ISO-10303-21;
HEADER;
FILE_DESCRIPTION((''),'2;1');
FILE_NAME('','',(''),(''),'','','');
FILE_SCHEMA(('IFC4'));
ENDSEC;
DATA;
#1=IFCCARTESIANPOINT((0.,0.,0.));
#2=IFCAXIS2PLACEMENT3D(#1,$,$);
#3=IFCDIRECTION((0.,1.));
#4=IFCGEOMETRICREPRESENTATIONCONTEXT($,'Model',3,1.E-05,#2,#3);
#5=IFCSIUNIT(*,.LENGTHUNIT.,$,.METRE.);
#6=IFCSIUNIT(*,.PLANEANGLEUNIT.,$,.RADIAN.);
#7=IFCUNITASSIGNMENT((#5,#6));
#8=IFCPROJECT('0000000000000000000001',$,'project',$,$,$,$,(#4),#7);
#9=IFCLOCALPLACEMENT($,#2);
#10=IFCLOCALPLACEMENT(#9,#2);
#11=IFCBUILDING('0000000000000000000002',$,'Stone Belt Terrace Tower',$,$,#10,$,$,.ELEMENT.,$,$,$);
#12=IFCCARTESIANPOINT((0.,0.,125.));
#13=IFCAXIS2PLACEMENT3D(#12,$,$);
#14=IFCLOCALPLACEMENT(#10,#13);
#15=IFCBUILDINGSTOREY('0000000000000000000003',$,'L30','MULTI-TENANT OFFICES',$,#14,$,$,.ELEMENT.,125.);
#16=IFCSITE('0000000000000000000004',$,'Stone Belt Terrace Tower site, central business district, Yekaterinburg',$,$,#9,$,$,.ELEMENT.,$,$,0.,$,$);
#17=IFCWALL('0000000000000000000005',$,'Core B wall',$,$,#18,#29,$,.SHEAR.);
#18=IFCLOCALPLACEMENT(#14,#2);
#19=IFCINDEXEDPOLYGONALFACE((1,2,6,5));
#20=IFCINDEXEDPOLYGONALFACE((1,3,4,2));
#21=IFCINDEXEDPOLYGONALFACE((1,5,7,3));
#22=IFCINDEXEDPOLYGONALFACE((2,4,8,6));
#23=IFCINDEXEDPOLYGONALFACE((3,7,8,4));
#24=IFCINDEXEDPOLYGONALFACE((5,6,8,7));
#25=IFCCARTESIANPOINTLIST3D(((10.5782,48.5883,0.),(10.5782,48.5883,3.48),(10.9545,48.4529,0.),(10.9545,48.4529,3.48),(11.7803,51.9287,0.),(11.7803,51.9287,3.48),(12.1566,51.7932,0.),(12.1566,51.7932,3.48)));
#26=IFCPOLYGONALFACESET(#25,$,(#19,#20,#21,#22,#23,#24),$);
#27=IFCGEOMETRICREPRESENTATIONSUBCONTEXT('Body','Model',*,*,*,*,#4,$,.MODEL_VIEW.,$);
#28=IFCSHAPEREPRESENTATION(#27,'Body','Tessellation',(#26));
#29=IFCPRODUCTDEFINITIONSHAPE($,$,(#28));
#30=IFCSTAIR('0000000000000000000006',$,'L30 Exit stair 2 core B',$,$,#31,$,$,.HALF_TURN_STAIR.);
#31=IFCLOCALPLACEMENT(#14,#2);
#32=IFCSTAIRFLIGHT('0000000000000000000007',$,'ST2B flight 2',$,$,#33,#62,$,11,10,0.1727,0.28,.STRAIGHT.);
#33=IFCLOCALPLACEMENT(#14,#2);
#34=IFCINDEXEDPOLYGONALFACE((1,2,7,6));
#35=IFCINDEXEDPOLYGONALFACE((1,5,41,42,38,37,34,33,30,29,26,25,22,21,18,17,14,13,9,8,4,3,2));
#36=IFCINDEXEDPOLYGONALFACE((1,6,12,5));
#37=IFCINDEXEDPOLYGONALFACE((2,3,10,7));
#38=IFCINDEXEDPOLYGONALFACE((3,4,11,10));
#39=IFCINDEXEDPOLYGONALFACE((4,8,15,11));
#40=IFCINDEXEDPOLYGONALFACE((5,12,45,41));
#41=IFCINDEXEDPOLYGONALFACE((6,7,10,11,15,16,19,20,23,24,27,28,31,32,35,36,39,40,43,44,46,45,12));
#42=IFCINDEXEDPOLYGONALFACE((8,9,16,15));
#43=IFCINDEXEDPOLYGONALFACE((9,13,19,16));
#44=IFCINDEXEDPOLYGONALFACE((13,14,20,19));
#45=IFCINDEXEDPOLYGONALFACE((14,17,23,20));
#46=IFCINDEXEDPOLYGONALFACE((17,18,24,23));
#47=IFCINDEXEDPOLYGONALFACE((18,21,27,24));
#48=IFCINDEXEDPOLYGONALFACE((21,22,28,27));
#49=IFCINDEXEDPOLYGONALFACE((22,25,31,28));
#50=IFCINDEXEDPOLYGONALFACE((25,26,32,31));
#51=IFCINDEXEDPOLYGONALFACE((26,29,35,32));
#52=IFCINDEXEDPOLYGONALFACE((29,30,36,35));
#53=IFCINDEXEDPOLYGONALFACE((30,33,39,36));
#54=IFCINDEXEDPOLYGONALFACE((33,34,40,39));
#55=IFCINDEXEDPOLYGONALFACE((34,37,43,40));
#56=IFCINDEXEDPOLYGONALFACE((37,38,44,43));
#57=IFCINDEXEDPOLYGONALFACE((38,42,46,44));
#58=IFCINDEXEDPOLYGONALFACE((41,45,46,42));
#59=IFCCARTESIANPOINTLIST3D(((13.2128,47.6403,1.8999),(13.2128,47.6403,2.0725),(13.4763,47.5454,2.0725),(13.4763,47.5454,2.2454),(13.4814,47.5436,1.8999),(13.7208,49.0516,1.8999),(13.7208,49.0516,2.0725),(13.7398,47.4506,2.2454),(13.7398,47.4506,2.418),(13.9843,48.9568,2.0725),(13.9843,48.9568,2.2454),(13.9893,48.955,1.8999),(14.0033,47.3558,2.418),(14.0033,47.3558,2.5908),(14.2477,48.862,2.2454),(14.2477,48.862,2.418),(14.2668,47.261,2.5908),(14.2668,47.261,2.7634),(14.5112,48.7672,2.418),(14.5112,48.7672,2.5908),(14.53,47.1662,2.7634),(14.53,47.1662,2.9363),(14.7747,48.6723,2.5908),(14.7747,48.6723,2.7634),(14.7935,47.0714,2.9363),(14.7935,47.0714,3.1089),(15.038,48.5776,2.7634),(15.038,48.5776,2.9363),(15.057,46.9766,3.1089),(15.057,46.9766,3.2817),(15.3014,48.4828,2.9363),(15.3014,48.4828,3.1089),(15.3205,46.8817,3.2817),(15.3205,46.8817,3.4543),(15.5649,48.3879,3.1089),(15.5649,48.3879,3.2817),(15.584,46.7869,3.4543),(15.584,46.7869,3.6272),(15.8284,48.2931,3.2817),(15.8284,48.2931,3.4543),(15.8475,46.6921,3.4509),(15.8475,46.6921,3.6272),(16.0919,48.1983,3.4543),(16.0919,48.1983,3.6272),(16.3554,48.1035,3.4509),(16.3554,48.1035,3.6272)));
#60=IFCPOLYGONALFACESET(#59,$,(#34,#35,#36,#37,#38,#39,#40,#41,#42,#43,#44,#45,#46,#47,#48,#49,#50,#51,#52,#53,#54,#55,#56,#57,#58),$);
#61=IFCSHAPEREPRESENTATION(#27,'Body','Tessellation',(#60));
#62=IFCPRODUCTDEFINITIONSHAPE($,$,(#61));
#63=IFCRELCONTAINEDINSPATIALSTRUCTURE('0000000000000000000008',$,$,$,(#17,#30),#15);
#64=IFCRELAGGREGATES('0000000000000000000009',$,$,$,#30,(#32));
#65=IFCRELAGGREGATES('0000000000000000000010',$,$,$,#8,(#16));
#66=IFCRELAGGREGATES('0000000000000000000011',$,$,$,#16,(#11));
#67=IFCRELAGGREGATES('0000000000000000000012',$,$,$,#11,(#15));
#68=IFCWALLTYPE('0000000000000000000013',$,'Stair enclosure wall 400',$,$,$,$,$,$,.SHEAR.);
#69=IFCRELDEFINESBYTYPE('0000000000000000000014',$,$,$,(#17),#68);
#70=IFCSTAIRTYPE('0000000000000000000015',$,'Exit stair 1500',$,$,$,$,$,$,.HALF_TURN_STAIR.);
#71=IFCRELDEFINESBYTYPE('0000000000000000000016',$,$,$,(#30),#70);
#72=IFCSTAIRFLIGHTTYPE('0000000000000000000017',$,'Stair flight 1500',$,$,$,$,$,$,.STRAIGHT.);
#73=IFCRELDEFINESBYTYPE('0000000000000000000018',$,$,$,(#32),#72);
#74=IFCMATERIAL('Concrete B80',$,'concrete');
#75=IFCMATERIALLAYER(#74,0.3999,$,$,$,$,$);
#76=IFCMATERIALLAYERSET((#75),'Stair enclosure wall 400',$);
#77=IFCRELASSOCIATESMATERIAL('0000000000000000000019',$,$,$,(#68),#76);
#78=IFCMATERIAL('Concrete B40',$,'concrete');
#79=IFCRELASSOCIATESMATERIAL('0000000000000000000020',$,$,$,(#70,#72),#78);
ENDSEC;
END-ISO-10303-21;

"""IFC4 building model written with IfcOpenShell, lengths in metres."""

from ifc_helpers import new_model, si_unit, direction, frame, frame_2d, origin, place, context, subcontext, project, spatial, polyline, rectangle, outline, extrude, material, layer, layer_set, type_object, element, aggregate, save


model = new_model("IFC4")

# Units and contexts
model_context = context("Model", 3, precision=1e-05, world=origin(), true_north=direction((0.0, 1.0)))
body_context = subcontext(model_context, "Body", "Model", "MODEL_VIEW")
ifc_project = project(units=[si_unit("LENGTHUNIT", "METRE"), si_unit("PLANEANGLEUNIT", "RADIAN")], contexts=[model_context])

# Site, building, storey
site_placement = place(None, origin())
site = spatial("IfcSite", under=ifc_project, at=site_placement, Name="Stone Belt Terrace Tower site, central business district, Yekaterinburg", CompositionType="ELEMENT", RefElevation=0.0)
building_placement = place(site_placement, origin())
building = spatial("IfcBuilding", under=site, at=building_placement, Name="Stone Belt Terrace Tower", CompositionType="ELEMENT")
storey_placement = place(building_placement, frame((0.0, 0.0, 125.0)))
storey = spatial("IfcBuildingStorey", under=building, at=storey_placement, Name="L30", Description="MULTI-TENANT OFFICES", CompositionType="ELEMENT", Elevation=125.0)

# Shared definitions
ifc_material_1 = material(Name="Concrete B80", Category="concrete")

# Shared definitions
ifc_layer_1 = layer(ifc_material_1, 0.3999)
ifc_layer_set_1 = layer_set([ifc_layer_1], Name="Stair enclosure wall 400")
wall_type_1 = type_object("IfcWallType", Name="Stair enclosure wall 400", PredefinedType="SHEAR", material=ifc_layer_set_1)

# Wall
wall_1_placement = place(storey_placement, frame((10.7664, 48.5208, 0.0), z_axis=(0.0, 0.0, 1.0), x_axis=(0.338627, 0.940921, 0.0)))
element("IfcWall", 1, at=wall_1_placement, inside=storey, type_object=wall_type_1, Name="Core B wall", PredefinedType="SHEAR", context=body_context, shape_type="SweptSolid", body=[
    extrude(rectangle(XDim=3.55, YDim=0.3999, at=frame_2d((1.7749, 0.0))), origin(), (0.0, 0.0, 1.0), 3.48),
])

# Stair, stair flight
ifc_material_2 = material(Name="Concrete B40", Category="concrete")
stair_type = type_object("IfcStairType", Name="Exit stair 1500", PredefinedType="HALF_TURN_STAIR", material=ifc_material_2)
stair_placement = place(storey_placement, origin())
stair = element("IfcStair", 2, at=stair_placement, inside=storey, type_object=stair_type, Name="L30 Exit stair 2 core B", PredefinedType="HALF_TURN_STAIR")
stair_flight_type = type_object("IfcStairFlightType", Name="Stair flight 1500", PredefinedType="STRAIGHT", material=ifc_material_2)
stair_flight_placement = place(storey_placement, frame((13.4668, 48.3459, 1.8999), z_axis=(0.0, 0.0, 1.0), x_axis=(0.940922, -0.338624, 0.0)))
stair_flight = element("IfcStairFlight", 3, at=stair_flight_placement, type_object=stair_flight_type, Name="ST2B flight 2", NumberOfRisers=11, NumberOfTreads=10, PredefinedType="STRAIGHT", RiserHeight=0.1727, TreadLength=0.28, context=body_context, shape_type="SweptSolid", body=[
    extrude(outline(polyline([(0.0, 0.0), (0.0, 0.1726), (0.28, 0.1726), (0.28, 0.3455), (0.5601, 0.3455), (0.5601, 0.5181), (0.8401, 0.5181), (0.8401, 0.6909), (1.1201, 0.6909), (1.1201, 0.8635), (1.3999, 0.8635), (1.3999, 1.0364), (1.6799, 1.0364), (1.6799, 1.209), (1.96, 1.209), (1.96, 1.3818), (2.24, 1.3818), (2.24, 1.5544), (2.52, 1.5544), (2.52, 1.7273), (2.8, 1.7273), (2.8, 1.8999), (2.8, 1.551), (0.2854, 0.0), (0.0, 0.0)])), frame((0.0, 0.75, 0.0), z_axis=(0.0, -1.0, 0.0), x_axis=(1.0, 0.0, 0.0)), (0.0, 0.0, 1.0), 1.5),
])
aggregate(stair, [stair_flight])

save(model, "model.ifc")
